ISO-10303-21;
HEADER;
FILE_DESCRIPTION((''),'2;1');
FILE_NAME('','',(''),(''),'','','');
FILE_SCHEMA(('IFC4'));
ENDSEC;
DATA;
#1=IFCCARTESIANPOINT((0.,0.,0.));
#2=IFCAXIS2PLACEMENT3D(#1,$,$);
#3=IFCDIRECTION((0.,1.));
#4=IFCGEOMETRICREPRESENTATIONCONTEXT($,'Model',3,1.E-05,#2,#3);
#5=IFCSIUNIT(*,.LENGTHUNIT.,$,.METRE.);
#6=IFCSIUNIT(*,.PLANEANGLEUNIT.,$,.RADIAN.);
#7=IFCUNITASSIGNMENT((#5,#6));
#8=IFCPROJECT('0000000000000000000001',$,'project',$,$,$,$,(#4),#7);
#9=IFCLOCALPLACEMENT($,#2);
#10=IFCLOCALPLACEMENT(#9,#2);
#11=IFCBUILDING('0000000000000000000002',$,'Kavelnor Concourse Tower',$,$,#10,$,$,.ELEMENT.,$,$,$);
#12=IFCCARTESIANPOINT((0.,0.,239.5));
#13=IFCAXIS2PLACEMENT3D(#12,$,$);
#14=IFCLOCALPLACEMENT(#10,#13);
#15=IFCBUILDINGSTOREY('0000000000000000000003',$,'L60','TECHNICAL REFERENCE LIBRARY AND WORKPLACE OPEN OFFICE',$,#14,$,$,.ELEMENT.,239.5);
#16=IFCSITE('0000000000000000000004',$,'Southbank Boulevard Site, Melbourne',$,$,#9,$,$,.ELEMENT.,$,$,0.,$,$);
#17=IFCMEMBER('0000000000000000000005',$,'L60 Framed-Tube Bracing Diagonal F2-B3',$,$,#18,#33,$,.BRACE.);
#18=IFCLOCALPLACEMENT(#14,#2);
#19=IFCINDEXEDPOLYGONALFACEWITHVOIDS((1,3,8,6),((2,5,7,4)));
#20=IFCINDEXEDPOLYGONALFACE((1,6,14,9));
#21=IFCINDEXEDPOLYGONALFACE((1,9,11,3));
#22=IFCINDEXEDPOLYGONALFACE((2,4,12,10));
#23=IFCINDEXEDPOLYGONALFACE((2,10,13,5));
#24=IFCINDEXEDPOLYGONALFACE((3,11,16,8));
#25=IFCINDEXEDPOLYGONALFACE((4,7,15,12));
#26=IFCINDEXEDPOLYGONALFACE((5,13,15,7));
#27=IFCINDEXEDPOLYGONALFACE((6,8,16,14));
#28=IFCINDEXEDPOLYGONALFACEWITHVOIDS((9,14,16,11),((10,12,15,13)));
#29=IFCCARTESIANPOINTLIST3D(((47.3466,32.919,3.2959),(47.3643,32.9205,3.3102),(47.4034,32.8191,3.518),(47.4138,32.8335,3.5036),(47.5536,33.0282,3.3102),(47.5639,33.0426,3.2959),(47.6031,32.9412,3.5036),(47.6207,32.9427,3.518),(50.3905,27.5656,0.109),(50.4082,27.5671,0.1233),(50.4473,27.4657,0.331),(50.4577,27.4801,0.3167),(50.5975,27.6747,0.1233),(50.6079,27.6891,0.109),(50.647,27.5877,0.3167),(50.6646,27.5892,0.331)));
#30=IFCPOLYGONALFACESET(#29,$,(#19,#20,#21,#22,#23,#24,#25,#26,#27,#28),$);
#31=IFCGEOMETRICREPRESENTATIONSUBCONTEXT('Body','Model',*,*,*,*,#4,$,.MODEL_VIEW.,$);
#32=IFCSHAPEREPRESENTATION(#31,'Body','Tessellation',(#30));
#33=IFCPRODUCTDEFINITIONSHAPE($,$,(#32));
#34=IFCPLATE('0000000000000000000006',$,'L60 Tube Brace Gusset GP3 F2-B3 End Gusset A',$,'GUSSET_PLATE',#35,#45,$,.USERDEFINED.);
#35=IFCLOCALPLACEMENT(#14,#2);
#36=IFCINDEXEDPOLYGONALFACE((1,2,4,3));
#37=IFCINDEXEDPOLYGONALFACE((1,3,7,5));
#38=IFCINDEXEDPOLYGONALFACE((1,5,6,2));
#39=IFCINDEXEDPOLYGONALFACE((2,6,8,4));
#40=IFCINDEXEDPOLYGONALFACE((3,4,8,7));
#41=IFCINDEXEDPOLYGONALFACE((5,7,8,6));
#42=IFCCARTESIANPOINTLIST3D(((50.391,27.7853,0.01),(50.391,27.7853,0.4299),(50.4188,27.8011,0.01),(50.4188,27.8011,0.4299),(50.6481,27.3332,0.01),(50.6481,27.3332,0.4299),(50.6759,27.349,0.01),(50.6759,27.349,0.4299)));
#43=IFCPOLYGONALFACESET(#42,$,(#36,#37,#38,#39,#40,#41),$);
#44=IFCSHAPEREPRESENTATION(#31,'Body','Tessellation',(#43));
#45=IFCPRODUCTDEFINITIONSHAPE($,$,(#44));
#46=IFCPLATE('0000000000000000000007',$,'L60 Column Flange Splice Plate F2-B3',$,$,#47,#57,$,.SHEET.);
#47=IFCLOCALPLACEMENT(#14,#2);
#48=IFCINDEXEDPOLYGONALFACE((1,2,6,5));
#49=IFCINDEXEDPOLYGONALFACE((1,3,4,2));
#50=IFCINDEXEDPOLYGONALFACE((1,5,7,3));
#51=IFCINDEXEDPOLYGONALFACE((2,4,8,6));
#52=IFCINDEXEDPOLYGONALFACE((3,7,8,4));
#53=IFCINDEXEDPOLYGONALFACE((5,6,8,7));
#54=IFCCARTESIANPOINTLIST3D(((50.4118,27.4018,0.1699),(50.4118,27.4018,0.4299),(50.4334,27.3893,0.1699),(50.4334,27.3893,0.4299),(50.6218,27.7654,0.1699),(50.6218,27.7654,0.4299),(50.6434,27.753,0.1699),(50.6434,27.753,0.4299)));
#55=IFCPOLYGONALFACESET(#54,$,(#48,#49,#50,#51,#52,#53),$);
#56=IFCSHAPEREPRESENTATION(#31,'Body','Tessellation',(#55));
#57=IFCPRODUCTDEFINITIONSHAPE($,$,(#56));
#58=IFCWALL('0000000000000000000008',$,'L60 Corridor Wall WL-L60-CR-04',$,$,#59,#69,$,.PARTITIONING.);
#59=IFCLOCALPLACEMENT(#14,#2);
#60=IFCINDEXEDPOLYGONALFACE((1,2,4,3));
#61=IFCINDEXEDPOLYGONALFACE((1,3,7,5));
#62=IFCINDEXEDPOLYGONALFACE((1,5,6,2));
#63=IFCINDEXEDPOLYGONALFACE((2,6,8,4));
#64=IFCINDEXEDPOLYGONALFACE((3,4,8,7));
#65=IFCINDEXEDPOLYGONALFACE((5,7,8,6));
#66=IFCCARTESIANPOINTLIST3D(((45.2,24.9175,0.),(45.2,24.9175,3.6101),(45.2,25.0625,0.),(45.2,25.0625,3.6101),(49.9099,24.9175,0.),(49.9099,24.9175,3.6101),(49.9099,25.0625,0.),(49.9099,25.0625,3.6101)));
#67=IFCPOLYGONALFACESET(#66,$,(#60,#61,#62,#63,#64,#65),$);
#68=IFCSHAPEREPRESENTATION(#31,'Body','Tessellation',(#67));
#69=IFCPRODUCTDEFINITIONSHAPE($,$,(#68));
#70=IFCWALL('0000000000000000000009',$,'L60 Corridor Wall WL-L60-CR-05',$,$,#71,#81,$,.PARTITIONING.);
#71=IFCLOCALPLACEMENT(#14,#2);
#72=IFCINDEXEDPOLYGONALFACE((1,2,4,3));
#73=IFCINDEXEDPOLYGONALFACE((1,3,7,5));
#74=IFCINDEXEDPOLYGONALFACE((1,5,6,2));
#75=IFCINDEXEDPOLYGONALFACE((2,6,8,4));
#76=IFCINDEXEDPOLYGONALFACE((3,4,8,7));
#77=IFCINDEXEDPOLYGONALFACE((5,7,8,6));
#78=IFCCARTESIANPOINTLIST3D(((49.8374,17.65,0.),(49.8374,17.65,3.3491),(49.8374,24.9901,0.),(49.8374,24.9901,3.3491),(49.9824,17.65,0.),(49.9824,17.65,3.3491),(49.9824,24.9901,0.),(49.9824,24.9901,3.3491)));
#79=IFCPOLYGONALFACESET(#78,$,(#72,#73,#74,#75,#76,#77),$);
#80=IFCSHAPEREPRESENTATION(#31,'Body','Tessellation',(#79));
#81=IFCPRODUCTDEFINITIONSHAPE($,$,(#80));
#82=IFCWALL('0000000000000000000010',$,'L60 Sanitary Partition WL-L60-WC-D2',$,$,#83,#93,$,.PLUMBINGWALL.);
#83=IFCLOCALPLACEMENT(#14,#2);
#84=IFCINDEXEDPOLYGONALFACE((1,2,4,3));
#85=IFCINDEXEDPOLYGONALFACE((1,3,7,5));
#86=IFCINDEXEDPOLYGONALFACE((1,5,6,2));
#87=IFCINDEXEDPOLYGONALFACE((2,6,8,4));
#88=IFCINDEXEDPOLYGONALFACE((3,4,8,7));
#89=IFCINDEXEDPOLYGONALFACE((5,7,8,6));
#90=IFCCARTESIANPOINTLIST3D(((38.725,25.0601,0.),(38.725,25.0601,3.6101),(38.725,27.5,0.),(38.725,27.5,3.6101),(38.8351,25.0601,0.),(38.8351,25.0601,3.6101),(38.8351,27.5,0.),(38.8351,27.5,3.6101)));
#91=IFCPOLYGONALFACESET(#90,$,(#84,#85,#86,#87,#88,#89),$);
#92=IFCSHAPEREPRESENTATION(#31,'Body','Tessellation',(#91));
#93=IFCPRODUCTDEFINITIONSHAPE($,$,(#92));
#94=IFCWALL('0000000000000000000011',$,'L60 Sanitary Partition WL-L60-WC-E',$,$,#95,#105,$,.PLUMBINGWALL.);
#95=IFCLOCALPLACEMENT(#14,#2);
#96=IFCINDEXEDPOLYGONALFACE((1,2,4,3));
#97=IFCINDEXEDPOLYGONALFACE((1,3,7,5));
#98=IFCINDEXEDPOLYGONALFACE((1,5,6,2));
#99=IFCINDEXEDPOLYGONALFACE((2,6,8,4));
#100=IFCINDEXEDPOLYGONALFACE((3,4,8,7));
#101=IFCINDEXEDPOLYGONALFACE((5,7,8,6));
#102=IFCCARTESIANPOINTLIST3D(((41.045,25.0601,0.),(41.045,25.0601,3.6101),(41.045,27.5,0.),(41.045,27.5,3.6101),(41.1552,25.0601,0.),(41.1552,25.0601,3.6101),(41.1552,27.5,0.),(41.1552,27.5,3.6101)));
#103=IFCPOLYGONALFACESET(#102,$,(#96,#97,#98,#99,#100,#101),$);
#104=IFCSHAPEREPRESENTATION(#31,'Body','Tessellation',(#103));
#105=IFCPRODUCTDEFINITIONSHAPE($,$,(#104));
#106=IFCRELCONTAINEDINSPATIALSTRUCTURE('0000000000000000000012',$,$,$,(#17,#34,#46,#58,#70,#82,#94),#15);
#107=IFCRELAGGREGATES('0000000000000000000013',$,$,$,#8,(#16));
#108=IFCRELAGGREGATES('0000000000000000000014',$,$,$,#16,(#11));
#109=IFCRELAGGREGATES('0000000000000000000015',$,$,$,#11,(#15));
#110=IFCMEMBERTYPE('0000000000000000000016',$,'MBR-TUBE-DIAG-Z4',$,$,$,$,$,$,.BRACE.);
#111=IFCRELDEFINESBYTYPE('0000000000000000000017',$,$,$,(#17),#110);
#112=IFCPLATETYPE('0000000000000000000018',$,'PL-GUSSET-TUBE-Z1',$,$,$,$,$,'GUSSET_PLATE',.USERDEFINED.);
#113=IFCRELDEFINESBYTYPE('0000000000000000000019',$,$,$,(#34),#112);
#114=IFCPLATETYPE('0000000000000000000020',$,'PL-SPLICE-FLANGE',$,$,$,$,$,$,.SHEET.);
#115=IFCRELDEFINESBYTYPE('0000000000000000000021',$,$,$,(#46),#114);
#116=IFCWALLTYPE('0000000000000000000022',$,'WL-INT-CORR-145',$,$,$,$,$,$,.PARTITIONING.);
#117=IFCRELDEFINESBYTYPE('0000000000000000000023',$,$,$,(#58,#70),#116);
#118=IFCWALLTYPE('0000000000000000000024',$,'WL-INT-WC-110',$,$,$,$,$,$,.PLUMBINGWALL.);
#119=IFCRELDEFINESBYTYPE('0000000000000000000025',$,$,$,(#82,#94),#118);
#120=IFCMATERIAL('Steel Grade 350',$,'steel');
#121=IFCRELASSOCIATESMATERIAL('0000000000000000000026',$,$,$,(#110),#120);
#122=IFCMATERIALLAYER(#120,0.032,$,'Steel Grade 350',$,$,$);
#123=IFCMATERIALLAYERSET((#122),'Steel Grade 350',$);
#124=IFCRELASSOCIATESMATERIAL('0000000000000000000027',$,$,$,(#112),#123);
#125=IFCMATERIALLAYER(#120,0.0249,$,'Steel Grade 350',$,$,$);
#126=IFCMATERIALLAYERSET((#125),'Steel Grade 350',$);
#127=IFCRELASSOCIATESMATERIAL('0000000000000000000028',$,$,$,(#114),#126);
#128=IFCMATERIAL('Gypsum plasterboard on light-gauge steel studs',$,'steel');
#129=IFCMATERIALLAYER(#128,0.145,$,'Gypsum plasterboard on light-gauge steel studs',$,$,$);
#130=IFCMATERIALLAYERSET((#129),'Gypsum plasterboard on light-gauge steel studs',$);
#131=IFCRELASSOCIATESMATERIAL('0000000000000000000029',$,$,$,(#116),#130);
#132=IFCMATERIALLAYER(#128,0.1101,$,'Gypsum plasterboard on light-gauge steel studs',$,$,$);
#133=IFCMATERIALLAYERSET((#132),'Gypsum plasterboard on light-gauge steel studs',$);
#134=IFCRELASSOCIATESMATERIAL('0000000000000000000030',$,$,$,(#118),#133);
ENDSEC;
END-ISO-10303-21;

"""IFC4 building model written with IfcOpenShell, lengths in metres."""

from ifc_helpers import new_model, si_unit, direction, frame, frame_2d, origin, origin_2d, place, context, subcontext, project, spatial, rectangle, hollow_rectangle, extrude, material, layer, layer_set, material_profile, profile_set, type_object, element, save


model = new_model("IFC4")

# Units and contexts
model_context = context("Model", 3, precision=1e-05, world=origin(), true_north=direction((0.0, 1.0)))
body_context = subcontext(model_context, "Body", "Model", "MODEL_VIEW")
ifc_project = project(units=[si_unit("LENGTHUNIT", "METRE"), si_unit("PLANEANGLEUNIT", "RADIAN")], contexts=[model_context])

# Site, building, storey
site_placement = place(None, origin())
site = spatial("IfcSite", under=ifc_project, at=site_placement, Name="Southbank Boulevard Site, Melbourne", CompositionType="ELEMENT", RefElevation=0.0)
building_placement = place(site_placement, origin())
building = spatial("IfcBuilding", under=site, at=building_placement, Name="Kavelnor Concourse Tower", CompositionType="ELEMENT")
storey_placement = place(building_placement, frame((0.0, 0.0, 239.5)))
storey = spatial("IfcBuildingStorey", under=building, at=storey_placement, Name="L60", Description="TECHNICAL REFERENCE LIBRARY AND WORKPLACE OPEN OFFICE", CompositionType="ELEMENT", Elevation=239.5)

# Shared definitions
ifc_material_1 = material(Name="Steel Grade 350", Category="steel")

# Member
ifc_material_profile_1 = material_profile(ifc_material_1, hollow_rectangle(XDim=0.25, YDim=0.25, WallThickness=0.0161, at=origin_2d()), Name="SHS 250x250x16")
ifc_profile_set_1 = profile_set([ifc_material_profile_1], Name="Steel Grade 350")
member_type = type_object("IfcMemberType", Name="MBR-TUBE-DIAG-Z4", PredefinedType="BRACE", material=ifc_profile_set_1)
member_placement = place(storey_placement, frame((50.5276, 27.5774, 0.22), z_axis=(-0.438977, 0.772048, 0.459609), x_axis=(-0.869305, -0.494276, 0.0)))
element("IfcMember", 1, at=member_placement, inside=storey, type_object=member_type, Name="L60 Framed-Tube Bracing Diagonal F2-B3", PredefinedType="BRACE", context=body_context, shape_type="SweptSolid", body=[
    extrude(hollow_rectangle(XDim=0.25, YDim=0.25, WallThickness=0.0161, at=origin_2d()), origin(), (0.0, 0.0, 1.0), 6.9341),
])

# Plates
ifc_layer_1 = layer(ifc_material_1, 0.032, Name="Steel Grade 350")
ifc_layer_set_1 = layer_set([ifc_layer_1], Name="Steel Grade 350")
plate_type_1 = type_object("IfcPlateType", Name="PL-GUSSET-TUBE-Z1", ElementType="GUSSET_PLATE", PredefinedType="USERDEFINED", material=ifc_layer_set_1)
plate_1_placement = place(storey_placement, frame((50.5334, 27.5671, 0.01), z_axis=(0.0, 0.0, 1.0), x_axis=(-0.494245, 0.869322, 0.0)))
element("IfcPlate", 2, at=plate_1_placement, inside=storey, type_object=plate_type_1, Name="L60 Tube Brace Gusset GP3 F2-B3 End Gusset A", ObjectType="GUSSET_PLATE", PredefinedType="USERDEFINED", context=body_context, shape_type="SweptSolid", body=[
    extrude(rectangle(XDim=0.52, YDim=0.032, at=origin_2d()), origin(), (0.0, 0.0, 1.0), 0.4199),
])
ifc_layer_2 = layer(ifc_material_1, 0.0249, Name="Steel Grade 350")
ifc_layer_set_2 = layer_set([ifc_layer_2], Name="Steel Grade 350")
plate_type_2 = type_object("IfcPlateType", Name="PL-SPLICE-FLANGE", PredefinedType="SHEET", material=ifc_layer_set_2)
plate_2_placement = place(storey_placement, frame((50.5276, 27.5774, 0.1699), z_axis=(0.0, 0.0, 1.0), x_axis=(-0.5, -0.866025, 0.0)))
element("IfcPlate", 3, at=plate_2_placement, inside=storey, type_object=plate_type_2, Name="L60 Column Flange Splice Plate F2-B3", PredefinedType="SHEET", context=body_context, shape_type="SweptSolid", body=[
    extrude(rectangle(XDim=0.4199, YDim=0.0249, at=origin_2d()), origin(), (0.0, 0.0, 1.0), 0.26),
])

# Walls
ifc_material_2 = material(Name="Gypsum plasterboard on light-gauge steel studs", Category="steel")
ifc_layer_3 = layer(ifc_material_2, 0.145, Name="Gypsum plasterboard on light-gauge steel studs")
ifc_layer_set_3 = layer_set([ifc_layer_3], Name="Gypsum plasterboard on light-gauge steel studs")
wall_type_1 = type_object("IfcWallType", Name="WL-INT-CORR-145", PredefinedType="PARTITIONING", material=ifc_layer_set_3)
wall_1_placement = place(storey_placement, frame((45.2, 24.99, 0.0), z_axis=(0.0, 0.0, 1.0), x_axis=(1.0, 0.0, 0.0)))
element("IfcWall", 4, at=wall_1_placement, inside=storey, type_object=wall_type_1, Name="L60 Corridor Wall WL-L60-CR-04", PredefinedType="PARTITIONING", context=body_context, shape_type="SweptSolid", body=[
    extrude(rectangle(XDim=4.71, YDim=0.145, at=frame_2d((2.355, 0.0))), origin(), (0.0, 0.0, 1.0), 3.6101),
])
wall_2_placement = place(storey_placement, frame((49.9099, 24.99, 0.0), z_axis=(0.0, 0.0, 1.0), x_axis=(0.0, -1.0, 0.0)))
element("IfcWall", 5, at=wall_2_placement, inside=storey, type_object=wall_type_1, Name="L60 Corridor Wall WL-L60-CR-05", PredefinedType="PARTITIONING", context=body_context, shape_type="SweptSolid", body=[
    extrude(rectangle(XDim=7.3401, YDim=0.145, at=frame_2d((3.6699, 0.0))), origin(), (0.0, 0.0, 1.0), 3.3491),
])
ifc_layer_4 = layer(ifc_material_2, 0.1101, Name="Gypsum plasterboard on light-gauge steel studs")
ifc_layer_set_4 = layer_set([ifc_layer_4], Name="Gypsum plasterboard on light-gauge steel studs")
wall_type_2 = type_object("IfcWallType", Name="WL-INT-WC-110", PredefinedType="PLUMBINGWALL", material=ifc_layer_set_4)
for number, where, z_axis, x_axis, name in (
    (6, (38.78, 25.0601, 0.0), (0.0, 0.0, 1.0), (0.0, 1.0, 0.0), "L60 Sanitary Partition WL-L60-WC-D2"),
    (7, (41.1001, 25.0601, 0.0), (0.0, 0.0, 1.0), (0.0, 1.0, 0.0), "L60 Sanitary Partition WL-L60-WC-E"),
):
    element("IfcWall", number, at=place(storey_placement, frame(where, z_axis=z_axis, x_axis=x_axis)), inside=storey, type_object=wall_type_2, Name=name, PredefinedType="PLUMBINGWALL", context=body_context, shape_type="SweptSolid", body=[
        extrude(rectangle(XDim=2.4399, YDim=0.1101, at=frame_2d((1.22, 0.0))), origin(), (0.0, 0.0, 1.0), 3.6101),
    ])

save(model, "model.ifc")
